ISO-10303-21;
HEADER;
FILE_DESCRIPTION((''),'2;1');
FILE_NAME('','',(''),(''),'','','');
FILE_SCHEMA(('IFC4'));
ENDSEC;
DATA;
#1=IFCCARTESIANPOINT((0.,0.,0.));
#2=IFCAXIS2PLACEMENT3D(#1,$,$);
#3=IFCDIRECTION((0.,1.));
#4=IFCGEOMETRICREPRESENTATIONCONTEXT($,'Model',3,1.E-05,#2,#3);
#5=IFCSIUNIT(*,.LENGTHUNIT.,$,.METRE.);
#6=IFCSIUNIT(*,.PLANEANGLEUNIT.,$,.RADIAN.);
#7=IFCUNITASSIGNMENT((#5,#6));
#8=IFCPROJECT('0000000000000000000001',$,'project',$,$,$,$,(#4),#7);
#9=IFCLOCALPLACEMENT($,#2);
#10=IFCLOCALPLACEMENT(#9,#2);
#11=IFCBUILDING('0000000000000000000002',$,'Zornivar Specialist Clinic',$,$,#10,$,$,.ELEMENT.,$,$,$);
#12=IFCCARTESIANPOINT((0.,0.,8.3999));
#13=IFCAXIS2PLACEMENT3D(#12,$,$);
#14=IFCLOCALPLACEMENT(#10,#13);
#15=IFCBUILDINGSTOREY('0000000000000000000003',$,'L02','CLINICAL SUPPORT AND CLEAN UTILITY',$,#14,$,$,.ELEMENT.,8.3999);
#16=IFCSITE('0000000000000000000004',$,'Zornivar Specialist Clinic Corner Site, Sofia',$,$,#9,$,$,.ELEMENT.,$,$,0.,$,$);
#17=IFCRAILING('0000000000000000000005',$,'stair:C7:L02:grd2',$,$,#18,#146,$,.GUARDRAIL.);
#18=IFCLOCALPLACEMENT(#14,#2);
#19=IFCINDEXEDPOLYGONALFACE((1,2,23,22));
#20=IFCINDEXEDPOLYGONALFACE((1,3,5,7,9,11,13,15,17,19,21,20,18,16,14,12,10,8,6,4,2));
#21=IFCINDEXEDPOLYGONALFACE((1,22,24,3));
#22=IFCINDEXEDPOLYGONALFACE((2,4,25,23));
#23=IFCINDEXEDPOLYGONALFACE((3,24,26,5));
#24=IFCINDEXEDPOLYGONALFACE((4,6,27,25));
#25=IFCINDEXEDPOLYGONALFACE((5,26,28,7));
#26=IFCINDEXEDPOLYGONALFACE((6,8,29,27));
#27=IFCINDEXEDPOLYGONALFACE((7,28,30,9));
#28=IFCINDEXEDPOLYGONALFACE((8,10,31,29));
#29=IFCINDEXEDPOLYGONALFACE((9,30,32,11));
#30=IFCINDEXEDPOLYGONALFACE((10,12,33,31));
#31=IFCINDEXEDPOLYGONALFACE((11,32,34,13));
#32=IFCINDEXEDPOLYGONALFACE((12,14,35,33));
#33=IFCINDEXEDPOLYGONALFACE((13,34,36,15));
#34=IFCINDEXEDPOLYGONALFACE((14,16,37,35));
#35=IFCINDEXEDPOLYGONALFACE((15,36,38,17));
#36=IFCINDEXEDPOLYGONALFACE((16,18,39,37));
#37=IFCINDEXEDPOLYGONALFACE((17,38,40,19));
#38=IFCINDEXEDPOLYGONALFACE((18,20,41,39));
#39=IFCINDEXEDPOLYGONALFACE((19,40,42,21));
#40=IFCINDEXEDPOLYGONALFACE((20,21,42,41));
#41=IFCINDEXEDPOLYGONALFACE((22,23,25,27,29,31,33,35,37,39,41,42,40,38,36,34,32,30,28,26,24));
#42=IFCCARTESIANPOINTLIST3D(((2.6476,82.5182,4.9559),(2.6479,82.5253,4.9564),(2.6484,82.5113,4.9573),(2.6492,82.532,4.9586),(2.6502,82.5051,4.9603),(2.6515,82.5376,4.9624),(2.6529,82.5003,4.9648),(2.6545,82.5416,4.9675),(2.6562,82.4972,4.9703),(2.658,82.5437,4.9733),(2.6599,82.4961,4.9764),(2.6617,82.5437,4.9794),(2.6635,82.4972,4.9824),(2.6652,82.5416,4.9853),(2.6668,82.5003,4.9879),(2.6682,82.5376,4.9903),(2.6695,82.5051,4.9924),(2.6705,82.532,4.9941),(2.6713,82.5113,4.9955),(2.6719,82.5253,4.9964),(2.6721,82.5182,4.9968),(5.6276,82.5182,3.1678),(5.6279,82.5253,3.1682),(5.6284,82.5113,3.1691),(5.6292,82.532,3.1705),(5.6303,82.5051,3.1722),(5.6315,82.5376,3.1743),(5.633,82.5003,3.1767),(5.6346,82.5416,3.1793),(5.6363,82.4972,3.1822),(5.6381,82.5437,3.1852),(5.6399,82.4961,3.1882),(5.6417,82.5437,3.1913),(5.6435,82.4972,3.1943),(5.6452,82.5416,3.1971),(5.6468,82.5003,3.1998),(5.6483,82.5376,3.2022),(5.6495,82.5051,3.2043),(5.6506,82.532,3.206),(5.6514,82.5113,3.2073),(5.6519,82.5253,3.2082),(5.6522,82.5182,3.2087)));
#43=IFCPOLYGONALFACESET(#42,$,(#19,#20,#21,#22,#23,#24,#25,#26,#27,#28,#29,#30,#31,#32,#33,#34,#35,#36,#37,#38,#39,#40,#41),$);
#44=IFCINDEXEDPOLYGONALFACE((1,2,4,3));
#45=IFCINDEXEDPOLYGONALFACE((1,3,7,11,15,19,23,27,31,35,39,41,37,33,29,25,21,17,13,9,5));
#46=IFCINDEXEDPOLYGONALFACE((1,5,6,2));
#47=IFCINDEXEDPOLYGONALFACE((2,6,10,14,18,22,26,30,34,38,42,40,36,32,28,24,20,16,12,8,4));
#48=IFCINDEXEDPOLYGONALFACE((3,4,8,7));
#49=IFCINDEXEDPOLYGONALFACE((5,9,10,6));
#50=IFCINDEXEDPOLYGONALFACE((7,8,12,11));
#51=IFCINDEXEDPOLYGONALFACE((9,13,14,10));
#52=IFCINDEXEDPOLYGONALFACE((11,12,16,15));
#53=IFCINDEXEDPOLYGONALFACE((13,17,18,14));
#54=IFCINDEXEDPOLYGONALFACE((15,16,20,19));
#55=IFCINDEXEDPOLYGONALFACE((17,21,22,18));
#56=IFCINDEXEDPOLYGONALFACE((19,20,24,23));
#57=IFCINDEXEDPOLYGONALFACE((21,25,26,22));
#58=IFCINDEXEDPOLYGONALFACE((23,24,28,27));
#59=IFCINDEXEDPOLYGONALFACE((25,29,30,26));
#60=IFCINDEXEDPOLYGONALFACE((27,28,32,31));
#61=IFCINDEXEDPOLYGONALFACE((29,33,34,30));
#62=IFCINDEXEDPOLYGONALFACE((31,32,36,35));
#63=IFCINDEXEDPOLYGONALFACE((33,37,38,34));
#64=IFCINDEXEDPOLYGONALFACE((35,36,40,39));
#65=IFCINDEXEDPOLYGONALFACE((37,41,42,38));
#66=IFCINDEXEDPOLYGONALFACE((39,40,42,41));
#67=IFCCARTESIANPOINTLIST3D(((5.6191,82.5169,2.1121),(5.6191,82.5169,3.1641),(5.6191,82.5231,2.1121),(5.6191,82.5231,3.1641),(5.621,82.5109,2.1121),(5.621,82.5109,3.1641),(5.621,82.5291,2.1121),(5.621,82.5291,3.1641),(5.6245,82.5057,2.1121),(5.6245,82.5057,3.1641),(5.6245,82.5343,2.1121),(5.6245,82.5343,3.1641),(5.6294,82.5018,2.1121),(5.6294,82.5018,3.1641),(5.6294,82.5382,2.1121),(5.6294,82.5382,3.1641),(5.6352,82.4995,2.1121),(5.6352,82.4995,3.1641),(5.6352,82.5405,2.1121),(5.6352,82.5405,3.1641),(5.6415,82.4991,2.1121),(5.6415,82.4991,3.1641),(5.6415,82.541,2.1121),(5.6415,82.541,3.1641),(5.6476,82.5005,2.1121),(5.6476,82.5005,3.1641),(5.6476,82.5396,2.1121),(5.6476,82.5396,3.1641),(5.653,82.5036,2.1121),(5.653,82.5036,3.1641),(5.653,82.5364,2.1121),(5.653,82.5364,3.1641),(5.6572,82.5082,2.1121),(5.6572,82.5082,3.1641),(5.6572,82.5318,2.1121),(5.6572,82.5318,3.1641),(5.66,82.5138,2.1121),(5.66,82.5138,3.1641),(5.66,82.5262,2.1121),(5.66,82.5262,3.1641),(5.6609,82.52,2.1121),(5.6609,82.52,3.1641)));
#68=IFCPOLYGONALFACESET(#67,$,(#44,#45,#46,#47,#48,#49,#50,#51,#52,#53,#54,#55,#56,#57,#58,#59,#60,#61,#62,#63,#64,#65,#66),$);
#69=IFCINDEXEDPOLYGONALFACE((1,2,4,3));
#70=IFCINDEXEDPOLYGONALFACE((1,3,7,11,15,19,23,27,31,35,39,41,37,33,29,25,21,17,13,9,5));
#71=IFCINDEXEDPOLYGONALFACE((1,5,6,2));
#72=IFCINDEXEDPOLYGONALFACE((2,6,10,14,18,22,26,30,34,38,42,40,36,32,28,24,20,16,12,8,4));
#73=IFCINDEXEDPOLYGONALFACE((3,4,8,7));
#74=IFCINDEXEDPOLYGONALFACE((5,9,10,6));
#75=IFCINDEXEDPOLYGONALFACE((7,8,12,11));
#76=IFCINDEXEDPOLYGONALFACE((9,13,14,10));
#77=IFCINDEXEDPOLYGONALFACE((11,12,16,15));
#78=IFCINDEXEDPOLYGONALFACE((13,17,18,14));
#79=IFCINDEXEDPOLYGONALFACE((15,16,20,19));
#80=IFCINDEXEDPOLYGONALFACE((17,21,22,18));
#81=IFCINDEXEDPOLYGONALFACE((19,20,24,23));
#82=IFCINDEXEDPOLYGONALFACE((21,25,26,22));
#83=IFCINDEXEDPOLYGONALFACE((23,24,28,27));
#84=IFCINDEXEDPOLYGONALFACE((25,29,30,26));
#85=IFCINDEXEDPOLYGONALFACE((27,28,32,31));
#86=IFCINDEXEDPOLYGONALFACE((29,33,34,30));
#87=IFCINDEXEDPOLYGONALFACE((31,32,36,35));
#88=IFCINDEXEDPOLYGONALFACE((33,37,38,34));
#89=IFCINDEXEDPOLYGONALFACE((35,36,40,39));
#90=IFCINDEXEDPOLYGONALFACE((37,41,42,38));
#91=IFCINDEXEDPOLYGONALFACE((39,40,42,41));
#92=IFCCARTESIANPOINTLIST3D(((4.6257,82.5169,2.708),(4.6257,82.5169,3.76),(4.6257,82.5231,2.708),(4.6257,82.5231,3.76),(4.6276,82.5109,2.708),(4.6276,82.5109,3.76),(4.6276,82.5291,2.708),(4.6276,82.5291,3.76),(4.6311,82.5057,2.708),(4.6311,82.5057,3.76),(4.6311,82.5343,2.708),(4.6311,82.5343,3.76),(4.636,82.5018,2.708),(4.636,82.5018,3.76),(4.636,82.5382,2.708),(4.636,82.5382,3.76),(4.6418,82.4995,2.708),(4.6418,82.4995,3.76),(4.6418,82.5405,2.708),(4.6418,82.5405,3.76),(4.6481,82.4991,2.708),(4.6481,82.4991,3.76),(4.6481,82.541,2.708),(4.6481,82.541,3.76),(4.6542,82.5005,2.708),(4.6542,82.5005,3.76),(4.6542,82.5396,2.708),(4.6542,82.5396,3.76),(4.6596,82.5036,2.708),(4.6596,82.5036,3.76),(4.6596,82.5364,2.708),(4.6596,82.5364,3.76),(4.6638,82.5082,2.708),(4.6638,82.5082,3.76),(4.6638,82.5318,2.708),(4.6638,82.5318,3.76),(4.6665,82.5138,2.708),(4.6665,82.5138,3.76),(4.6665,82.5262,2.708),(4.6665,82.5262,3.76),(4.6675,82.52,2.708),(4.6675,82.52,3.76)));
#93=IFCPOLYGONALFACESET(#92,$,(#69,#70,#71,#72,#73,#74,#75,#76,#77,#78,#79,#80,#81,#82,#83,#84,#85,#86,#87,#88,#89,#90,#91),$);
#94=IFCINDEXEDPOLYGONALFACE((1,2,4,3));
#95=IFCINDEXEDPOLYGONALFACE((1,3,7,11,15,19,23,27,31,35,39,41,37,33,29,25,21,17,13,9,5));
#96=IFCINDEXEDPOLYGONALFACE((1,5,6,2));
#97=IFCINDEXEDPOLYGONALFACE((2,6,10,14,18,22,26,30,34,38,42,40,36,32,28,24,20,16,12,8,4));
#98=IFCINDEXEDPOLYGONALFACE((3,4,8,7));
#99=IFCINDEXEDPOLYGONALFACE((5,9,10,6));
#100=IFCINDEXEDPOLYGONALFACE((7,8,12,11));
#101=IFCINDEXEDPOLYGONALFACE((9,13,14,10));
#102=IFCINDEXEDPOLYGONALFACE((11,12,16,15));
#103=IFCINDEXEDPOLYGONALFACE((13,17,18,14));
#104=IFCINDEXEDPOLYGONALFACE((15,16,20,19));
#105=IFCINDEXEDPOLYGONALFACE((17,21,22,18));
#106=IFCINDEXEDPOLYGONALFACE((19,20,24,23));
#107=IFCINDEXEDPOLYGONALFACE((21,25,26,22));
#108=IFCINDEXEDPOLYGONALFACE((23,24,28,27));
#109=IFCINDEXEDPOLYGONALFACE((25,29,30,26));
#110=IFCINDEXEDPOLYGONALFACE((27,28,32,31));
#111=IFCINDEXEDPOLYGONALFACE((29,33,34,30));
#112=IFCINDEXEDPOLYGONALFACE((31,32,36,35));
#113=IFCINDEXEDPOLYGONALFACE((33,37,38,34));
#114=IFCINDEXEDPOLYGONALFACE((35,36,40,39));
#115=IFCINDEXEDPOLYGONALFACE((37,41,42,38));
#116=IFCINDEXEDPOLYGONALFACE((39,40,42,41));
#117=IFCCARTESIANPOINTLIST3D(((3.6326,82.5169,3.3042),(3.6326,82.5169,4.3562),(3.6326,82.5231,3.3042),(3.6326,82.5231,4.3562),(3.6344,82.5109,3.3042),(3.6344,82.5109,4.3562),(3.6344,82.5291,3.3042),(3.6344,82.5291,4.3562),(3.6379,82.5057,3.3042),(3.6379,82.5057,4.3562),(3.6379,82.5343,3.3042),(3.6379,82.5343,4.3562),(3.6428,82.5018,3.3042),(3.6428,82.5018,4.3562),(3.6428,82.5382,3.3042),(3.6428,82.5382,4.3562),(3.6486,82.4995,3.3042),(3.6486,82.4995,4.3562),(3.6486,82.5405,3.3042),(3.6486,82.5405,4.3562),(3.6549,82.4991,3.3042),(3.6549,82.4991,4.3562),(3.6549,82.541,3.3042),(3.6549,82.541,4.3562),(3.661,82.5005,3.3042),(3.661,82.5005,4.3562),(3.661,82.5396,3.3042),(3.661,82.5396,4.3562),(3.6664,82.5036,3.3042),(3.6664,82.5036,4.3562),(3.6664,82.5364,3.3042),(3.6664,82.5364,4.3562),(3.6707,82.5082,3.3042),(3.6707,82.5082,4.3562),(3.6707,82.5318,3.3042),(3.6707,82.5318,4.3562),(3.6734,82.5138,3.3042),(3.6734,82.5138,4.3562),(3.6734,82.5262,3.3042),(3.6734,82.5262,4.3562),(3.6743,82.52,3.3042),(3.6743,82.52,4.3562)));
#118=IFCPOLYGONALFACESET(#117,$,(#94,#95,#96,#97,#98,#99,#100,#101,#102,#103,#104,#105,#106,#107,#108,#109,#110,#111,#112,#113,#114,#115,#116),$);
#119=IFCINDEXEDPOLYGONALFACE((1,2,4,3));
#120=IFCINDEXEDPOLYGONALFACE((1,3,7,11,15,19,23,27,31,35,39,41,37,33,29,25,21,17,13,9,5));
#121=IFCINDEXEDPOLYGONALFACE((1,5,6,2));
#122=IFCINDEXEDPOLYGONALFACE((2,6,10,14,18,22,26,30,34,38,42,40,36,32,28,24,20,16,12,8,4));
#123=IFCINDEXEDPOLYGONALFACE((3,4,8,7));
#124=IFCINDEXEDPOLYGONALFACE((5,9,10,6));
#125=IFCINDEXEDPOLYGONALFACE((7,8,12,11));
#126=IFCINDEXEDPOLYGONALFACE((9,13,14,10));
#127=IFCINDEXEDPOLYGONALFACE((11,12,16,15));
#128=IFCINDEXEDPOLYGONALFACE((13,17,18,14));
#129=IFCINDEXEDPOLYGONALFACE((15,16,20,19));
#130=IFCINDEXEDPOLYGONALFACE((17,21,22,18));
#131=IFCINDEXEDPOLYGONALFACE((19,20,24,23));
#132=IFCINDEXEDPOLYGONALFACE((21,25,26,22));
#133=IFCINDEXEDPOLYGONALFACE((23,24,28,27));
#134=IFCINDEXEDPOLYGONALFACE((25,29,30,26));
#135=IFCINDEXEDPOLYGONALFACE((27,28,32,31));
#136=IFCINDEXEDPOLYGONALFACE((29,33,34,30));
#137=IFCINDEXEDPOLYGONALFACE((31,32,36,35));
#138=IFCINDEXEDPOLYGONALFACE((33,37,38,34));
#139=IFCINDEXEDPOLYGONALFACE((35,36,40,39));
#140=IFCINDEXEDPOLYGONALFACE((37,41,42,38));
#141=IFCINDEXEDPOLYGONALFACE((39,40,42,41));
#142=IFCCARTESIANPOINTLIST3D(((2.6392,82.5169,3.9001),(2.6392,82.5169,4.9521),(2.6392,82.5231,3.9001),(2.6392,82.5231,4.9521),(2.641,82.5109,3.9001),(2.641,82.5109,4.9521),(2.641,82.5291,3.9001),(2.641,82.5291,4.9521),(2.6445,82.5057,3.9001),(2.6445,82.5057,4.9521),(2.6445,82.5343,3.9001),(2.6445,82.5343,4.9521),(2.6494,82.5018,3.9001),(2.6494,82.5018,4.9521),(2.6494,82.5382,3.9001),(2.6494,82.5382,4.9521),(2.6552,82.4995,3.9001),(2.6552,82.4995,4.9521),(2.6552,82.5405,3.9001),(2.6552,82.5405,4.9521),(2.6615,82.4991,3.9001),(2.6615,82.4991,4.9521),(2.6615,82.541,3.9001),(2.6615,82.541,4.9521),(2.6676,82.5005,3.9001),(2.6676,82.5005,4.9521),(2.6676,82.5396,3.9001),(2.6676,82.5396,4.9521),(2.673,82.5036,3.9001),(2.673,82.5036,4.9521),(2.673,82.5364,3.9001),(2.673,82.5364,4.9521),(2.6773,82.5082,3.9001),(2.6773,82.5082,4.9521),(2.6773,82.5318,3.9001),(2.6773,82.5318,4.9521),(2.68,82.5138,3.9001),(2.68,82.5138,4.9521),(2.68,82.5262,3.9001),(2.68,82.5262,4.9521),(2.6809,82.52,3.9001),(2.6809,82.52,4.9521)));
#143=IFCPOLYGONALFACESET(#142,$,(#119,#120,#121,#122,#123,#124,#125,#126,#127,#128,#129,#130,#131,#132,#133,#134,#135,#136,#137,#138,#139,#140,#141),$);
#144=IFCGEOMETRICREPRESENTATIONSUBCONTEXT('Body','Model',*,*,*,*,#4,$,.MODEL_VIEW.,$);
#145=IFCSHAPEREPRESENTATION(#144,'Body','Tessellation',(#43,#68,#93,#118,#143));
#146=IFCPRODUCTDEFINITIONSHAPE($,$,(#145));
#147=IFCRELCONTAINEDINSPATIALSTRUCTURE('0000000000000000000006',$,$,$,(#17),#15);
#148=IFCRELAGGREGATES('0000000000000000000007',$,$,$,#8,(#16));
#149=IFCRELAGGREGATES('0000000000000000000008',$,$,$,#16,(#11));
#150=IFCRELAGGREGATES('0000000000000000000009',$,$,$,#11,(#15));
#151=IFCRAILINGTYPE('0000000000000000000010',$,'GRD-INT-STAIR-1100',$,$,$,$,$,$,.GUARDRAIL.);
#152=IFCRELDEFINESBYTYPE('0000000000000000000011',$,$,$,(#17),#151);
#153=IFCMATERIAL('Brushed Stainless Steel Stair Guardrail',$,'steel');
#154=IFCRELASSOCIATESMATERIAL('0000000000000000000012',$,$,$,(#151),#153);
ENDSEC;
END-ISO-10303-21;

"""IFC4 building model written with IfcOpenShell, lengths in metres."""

from ifc_helpers import new_model, si_unit, direction, frame, origin, origin_2d, place, context, subcontext, project, spatial, circle, extrude, material, type_object, element, save


model = new_model("IFC4")

# Units and contexts
model_context = context("Model", 3, precision=1e-05, world=origin(), true_north=direction((0.0, 1.0)))
body_context = subcontext(model_context, "Body", "Model", "MODEL_VIEW")
ifc_project = project(units=[si_unit("LENGTHUNIT", "METRE"), si_unit("PLANEANGLEUNIT", "RADIAN")], contexts=[model_context])

# Site, building, storey
site_placement = place(None, origin())
site = spatial("IfcSite", under=ifc_project, at=site_placement, Name="Zornivar Specialist Clinic Corner Site, Sofia", CompositionType="ELEMENT", RefElevation=0.0)
building_placement = place(site_placement, origin())
building = spatial("IfcBuilding", under=site, at=building_placement, Name="Zornivar Specialist Clinic", CompositionType="ELEMENT")
storey_placement = place(building_placement, frame((0.0, 0.0, 8.3999)))
storey = spatial("IfcBuildingStorey", under=building, at=storey_placement, Name="L02", Description="CLINICAL SUPPORT AND CLEAN UTILITY", CompositionType="ELEMENT", Elevation=8.3999)

# Railing
ifc_material_1 = material(Name="Brushed Stainless Steel Stair Guardrail", Category="steel")
railing_type_1 = type_object("IfcRailingType", Name="GRD-INT-STAIR-1100", PredefinedType="GUARDRAIL", material=ifc_material_1)
railing_1_placement = place(storey_placement, frame((5.6399, 82.52, 2.1121)))
element("IfcRailing", 1, at=railing_1_placement, inside=storey, type_object=railing_type_1, Name="stair:C7:L02:grd2", PredefinedType="GUARDRAIL", context=body_context, shape_type="SweptSolid", body=[
    extrude(circle(Radius=0.0239, at=origin_2d()), frame((0.0, 0.0, 1.0762), z_axis=(-0.857481, 0.0, 0.514516), x_axis=(0.0, -1.0, 0.0)), (0.0, 0.0, 1.0), 3.4753),
    extrude(circle(Radius=0.021, at=origin_2d()), origin(), (0.0, 0.0, 1.0), 1.052),
    extrude(circle(Radius=0.021, at=origin_2d()), frame((-0.9934, 0.0, 0.5959)), (0.0, 0.0, 1.0), 1.052),
    extrude(circle(Radius=0.021, at=origin_2d()), frame((-1.9866, 0.0, 1.1921)), (0.0, 0.0, 1.0), 1.052),
    extrude(circle(Radius=0.021, at=origin_2d()), frame((-2.98, 0.0, 1.7881)), (0.0, 0.0, 1.0), 1.052),
])

save(model, "model.ifc")
